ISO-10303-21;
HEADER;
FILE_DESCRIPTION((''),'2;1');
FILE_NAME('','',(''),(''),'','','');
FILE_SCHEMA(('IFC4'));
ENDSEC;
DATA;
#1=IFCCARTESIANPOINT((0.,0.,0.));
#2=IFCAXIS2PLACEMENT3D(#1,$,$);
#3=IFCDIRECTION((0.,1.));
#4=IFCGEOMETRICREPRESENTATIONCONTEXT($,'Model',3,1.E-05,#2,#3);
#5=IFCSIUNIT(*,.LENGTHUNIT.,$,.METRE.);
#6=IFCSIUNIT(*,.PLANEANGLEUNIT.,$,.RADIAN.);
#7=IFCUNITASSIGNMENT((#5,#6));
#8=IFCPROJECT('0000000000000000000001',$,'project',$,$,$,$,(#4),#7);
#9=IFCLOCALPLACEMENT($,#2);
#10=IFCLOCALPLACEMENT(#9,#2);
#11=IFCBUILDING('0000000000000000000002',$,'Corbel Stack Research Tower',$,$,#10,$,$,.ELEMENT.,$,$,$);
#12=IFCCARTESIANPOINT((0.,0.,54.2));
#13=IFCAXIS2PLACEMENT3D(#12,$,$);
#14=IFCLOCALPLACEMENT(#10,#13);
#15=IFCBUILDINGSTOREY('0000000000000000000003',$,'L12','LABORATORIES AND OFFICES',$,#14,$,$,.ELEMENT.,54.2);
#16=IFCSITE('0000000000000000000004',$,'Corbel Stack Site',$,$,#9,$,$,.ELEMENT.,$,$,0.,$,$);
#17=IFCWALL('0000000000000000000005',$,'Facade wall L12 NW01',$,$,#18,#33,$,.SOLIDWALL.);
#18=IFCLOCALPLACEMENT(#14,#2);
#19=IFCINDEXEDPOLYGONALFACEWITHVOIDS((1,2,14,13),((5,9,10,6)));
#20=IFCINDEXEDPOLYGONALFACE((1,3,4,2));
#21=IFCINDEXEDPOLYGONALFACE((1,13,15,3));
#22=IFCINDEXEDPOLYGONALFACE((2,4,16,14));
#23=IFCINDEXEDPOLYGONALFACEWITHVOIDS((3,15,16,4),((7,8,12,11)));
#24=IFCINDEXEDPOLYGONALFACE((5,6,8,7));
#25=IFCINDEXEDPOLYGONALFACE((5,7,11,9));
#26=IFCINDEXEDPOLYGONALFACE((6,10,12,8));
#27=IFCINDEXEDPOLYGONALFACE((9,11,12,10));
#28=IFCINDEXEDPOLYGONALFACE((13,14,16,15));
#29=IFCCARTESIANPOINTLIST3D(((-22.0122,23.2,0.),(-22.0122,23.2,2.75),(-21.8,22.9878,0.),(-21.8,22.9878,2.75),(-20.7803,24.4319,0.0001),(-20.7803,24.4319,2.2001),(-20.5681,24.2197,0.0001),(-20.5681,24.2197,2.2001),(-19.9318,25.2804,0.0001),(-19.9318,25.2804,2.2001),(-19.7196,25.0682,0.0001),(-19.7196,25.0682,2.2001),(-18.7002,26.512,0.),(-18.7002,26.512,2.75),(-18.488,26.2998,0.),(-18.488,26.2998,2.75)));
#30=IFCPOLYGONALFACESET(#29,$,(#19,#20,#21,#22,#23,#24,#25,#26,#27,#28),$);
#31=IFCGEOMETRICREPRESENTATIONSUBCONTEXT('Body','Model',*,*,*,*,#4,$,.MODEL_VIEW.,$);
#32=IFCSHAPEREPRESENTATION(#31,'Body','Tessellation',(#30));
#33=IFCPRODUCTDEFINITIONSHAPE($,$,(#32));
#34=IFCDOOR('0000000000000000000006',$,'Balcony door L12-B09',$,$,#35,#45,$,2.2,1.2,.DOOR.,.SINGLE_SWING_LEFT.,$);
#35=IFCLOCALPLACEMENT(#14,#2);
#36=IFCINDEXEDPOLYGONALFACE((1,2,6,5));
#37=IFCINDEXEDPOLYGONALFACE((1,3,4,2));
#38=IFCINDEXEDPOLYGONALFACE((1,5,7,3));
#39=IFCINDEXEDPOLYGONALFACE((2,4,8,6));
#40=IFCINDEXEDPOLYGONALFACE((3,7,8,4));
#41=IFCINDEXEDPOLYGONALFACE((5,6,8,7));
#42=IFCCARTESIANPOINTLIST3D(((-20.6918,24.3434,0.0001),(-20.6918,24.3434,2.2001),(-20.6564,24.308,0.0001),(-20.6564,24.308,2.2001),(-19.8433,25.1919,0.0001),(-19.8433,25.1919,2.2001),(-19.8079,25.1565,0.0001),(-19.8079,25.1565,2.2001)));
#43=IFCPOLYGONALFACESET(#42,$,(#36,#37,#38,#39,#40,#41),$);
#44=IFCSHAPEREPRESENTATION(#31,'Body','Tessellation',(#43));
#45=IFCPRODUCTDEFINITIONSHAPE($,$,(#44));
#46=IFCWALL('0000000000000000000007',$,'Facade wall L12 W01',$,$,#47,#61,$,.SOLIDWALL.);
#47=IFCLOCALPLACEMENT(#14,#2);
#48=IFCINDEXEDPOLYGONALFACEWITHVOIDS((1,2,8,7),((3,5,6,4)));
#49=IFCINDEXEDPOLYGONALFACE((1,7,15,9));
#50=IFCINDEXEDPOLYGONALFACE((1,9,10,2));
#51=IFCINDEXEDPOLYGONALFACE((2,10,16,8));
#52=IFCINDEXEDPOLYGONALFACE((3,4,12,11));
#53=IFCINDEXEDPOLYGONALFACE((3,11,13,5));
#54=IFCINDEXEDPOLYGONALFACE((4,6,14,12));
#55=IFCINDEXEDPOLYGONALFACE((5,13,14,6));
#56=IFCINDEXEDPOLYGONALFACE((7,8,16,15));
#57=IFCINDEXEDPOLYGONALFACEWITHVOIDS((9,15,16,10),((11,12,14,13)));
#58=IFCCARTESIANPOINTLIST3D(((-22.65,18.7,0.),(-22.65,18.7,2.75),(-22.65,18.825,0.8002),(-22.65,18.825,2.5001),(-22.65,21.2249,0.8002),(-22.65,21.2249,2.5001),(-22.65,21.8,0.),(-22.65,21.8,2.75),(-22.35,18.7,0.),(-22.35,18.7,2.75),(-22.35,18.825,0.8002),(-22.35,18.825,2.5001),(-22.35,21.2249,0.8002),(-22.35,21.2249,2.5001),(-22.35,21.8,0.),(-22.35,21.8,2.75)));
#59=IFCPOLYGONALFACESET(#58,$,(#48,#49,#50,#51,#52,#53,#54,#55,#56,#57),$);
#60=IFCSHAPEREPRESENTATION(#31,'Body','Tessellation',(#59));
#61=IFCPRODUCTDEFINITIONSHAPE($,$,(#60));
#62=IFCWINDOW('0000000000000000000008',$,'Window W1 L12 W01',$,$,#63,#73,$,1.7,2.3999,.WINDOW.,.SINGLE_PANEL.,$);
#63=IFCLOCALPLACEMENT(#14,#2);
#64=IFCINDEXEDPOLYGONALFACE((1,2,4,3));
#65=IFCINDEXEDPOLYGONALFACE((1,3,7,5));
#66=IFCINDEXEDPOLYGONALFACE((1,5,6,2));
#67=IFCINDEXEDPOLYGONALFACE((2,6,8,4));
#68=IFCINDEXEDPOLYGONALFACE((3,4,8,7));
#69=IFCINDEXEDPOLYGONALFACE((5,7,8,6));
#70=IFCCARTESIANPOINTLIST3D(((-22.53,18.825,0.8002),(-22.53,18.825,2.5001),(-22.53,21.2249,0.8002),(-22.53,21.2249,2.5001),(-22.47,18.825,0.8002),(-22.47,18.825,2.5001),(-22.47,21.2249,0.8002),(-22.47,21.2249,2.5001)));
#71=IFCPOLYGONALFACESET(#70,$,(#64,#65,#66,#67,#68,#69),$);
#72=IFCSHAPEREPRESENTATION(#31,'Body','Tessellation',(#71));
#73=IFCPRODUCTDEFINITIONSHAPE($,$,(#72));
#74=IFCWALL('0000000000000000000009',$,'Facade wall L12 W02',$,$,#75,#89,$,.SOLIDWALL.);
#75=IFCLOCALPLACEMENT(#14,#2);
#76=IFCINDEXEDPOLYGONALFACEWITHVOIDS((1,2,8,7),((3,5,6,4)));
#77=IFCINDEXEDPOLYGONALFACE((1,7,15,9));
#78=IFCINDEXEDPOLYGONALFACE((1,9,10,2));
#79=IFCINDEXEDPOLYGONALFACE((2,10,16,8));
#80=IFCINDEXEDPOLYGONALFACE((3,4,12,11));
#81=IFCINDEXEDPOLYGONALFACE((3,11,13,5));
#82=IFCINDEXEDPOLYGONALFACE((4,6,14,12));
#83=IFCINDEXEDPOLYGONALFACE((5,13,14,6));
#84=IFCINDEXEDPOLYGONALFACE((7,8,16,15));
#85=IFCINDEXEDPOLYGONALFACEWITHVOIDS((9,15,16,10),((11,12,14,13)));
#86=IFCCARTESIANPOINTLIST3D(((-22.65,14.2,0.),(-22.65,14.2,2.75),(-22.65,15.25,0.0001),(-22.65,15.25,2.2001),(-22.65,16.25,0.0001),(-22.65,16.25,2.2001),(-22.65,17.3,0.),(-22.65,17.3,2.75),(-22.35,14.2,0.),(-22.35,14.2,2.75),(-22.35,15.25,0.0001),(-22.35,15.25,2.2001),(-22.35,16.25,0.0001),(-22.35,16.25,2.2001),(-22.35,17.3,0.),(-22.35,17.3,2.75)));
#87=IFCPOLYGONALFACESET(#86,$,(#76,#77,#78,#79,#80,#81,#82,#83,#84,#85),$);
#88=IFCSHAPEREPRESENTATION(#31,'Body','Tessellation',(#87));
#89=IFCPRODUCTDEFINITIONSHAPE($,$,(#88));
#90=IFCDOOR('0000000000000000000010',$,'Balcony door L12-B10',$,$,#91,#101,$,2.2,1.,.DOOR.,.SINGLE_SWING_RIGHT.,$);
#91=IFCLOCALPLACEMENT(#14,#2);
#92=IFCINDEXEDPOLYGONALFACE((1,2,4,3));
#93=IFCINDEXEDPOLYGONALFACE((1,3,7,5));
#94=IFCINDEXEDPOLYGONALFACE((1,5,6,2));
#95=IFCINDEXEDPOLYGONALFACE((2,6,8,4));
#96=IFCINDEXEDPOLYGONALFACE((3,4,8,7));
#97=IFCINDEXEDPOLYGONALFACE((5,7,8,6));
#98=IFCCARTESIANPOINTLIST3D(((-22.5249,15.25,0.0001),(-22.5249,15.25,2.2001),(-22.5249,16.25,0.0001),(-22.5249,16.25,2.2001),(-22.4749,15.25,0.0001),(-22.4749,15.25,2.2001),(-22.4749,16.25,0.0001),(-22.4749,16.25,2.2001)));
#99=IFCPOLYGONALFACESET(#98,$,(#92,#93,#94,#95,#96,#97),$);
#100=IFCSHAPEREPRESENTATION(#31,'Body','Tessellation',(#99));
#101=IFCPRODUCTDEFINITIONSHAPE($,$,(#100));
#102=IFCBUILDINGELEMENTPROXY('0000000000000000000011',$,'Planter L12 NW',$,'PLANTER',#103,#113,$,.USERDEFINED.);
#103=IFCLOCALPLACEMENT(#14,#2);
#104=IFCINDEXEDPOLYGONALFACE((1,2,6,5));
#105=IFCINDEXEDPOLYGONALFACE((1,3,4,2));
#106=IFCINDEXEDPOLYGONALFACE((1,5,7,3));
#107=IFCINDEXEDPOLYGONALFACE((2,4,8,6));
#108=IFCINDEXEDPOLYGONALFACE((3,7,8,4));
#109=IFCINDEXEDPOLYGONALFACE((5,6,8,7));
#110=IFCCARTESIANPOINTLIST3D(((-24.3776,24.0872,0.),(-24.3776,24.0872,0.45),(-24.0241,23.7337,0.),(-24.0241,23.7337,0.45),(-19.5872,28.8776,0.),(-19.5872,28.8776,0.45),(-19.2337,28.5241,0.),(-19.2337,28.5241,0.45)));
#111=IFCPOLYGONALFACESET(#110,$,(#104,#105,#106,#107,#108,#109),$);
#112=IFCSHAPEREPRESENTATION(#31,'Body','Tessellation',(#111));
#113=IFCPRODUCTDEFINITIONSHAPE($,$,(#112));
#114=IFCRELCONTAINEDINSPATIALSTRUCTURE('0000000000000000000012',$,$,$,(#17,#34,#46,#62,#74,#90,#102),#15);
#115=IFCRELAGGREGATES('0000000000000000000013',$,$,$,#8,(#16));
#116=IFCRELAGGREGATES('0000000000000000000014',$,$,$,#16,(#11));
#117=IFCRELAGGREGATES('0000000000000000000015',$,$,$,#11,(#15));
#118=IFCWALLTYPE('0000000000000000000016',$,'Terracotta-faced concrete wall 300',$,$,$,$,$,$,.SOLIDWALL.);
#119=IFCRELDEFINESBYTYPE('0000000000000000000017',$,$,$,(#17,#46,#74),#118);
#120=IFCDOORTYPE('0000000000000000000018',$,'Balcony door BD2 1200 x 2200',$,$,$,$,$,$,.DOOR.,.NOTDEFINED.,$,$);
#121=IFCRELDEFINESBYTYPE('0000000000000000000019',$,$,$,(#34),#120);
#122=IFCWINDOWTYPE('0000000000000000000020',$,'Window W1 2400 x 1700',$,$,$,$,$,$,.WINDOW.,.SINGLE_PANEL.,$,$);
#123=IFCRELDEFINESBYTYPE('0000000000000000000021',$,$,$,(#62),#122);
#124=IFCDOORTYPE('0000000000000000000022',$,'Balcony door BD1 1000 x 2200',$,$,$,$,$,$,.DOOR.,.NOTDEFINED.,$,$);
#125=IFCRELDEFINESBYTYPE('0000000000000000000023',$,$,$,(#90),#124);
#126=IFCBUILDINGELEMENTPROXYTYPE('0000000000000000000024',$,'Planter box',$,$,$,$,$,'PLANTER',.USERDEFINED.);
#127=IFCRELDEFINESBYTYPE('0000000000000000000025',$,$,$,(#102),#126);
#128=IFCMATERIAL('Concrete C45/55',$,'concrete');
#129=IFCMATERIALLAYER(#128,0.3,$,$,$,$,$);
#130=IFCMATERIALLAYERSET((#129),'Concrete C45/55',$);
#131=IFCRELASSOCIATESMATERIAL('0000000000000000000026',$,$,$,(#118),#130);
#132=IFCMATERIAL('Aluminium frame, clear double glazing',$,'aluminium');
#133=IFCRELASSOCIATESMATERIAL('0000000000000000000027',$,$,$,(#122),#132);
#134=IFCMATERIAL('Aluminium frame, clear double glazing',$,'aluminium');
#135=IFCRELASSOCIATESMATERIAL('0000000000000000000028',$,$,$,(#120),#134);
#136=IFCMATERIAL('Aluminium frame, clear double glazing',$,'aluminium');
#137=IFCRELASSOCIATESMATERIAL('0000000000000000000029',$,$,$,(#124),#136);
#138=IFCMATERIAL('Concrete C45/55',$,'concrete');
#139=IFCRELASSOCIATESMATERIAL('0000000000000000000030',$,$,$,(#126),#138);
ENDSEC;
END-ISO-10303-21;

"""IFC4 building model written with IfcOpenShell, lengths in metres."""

from ifc_helpers import new_model, si_unit, direction, frame, frame_2d, origin, origin_2d, place, context, subcontext, project, spatial, rectangle, extrude, material, layer, layer_set, type_object, element, fill, save


model = new_model("IFC4")

# Units and contexts
model_context = context("Model", 3, precision=1e-05, world=origin(), true_north=direction((0.0, 1.0)))
body_context = subcontext(model_context, "Body", "Model", "MODEL_VIEW")
ifc_project = project(units=[si_unit("LENGTHUNIT", "METRE"), si_unit("PLANEANGLEUNIT", "RADIAN")], contexts=[model_context])

# Site, building, storey
site_placement = place(None, origin())
site = spatial("IfcSite", under=ifc_project, at=site_placement, Name="Corbel Stack Site", CompositionType="ELEMENT", RefElevation=0.0)
building_placement = place(site_placement, origin())
building = spatial("IfcBuilding", under=site, at=building_placement, Name="Corbel Stack Research Tower", CompositionType="ELEMENT")
storey_placement = place(building_placement, frame((0.0, 0.0, 54.2)))
storey = spatial("IfcBuildingStorey", under=building, at=storey_placement, Name="L12", Description="LABORATORIES AND OFFICES", CompositionType="ELEMENT", Elevation=54.2)

# Shared definitions
ifc_material_1 = material(Name="Concrete C45/55", Category="concrete")
ifc_layer_1 = layer(ifc_material_1, 0.3)
ifc_layer_set_1 = layer_set([ifc_layer_1], Name="Concrete C45/55")
wall_type_1 = type_object("IfcWallType", Name="Terracotta-faced concrete wall 300", PredefinedType="SOLIDWALL", material=ifc_layer_set_1)
ifc_material_2 = material(Name="Aluminium frame, clear double glazing", Category="aluminium")
window_type = type_object("IfcWindowType", Name="Window W1 2400 x 1700", PartitioningType="SINGLE_PANEL", PredefinedType="WINDOW", material=ifc_material_2)

# Wall, opening, door
wall_1_placement = place(storey_placement, frame((-21.906, 23.094, 0.0), z_axis=(0.0, 0.0, 1.0), x_axis=(0.707107, 0.707107, 0.0)))
wall_1 = element("IfcWall", 1, at=wall_1_placement, inside=storey, type_object=wall_type_1, Name="Facade wall L12 NW01", PredefinedType="SOLIDWALL", context=body_context, shape_type="SweptSolid", body=[
    extrude(rectangle(XDim=4.6838, YDim=0.3, at=frame_2d((2.3418, 0.0))), origin(), (0.0, 0.0, 1.0), 2.75),
])
opening_1_placement = place(wall_1_placement, frame((1.7419, 0.0, 0.0)))
opening_1 = element("IfcOpeningElement", 2, at=opening_1_placement, cuts=wall_1, PredefinedType="OPENING", context=body_context, shape_type="SweptSolid", body=[
    extrude(rectangle(XDim=1.2, YDim=2.2, at=frame_2d((0.6001, 1.1001))), frame((0.0, 0.1599, 0.0), z_axis=(0.0, -1.0, 0.0), x_axis=(1.0, 0.0, 0.0)), (0.0, 0.0, 1.0), 0.3201),
])
ifc_material_3 = material(Name="Aluminium frame, clear double glazing", Category="aluminium")
door_type_1 = type_object("IfcDoorType", Name="Balcony door BD2 1200 x 2200", OperationType="NOTDEFINED", PredefinedType="DOOR", material=ifc_material_3)
door_1_placement = place(opening_1_placement, origin())
door_1 = element("IfcDoor", 3, at=door_1_placement, inside=storey, type_object=door_type_1, Name="Balcony door L12-B09", OperationType="SINGLE_SWING_LEFT", OverallHeight=2.2, OverallWidth=1.2, PredefinedType="DOOR", context=body_context, shape_type="SweptSolid", body=[
    extrude(rectangle(XDim=1.2, YDim=2.2, at=frame_2d((0.6001, 1.1001))), frame((0.0, 0.0249, 0.0), z_axis=(0.0, -1.0, 0.0), x_axis=(1.0, 0.0, 0.0)), (0.0, 0.0, 1.0), 0.05),
])
fill(opening_1, door_1)

# Wall, opening, window
wall_2_placement = place(storey_placement, frame((-22.5, 18.7, 0.0), z_axis=(0.0, 0.0, 1.0), x_axis=(0.0, 1.0, 0.0)))
wall_2 = element("IfcWall", 4, at=wall_2_placement, inside=storey, type_object=wall_type_1, Name="Facade wall L12 W01", PredefinedType="SOLIDWALL", context=body_context, shape_type="SweptSolid", body=[
    extrude(rectangle(XDim=3.1001, YDim=0.3, at=frame_2d((1.55, 0.0))), origin(), (0.0, 0.0, 1.0), 2.75),
])
opening_2_placement = place(wall_2_placement, frame((0.125, 0.0, 0.8)))
opening_2 = element("IfcOpeningElement", 5, at=opening_2_placement, cuts=wall_2, PredefinedType="OPENING", context=body_context, shape_type="SweptSolid", body=[
    extrude(rectangle(XDim=2.3999, YDim=1.7, at=frame_2d((1.2, 0.8501))), frame((0.0, 0.1599, 0.0), z_axis=(0.0, -1.0, 0.0), x_axis=(1.0, 0.0, 0.0)), (0.0, 0.0, 1.0), 0.3201),
])
window_1_placement = place(opening_2_placement, origin())
window_1 = element("IfcWindow", 6, at=window_1_placement, inside=storey, type_object=window_type, Name="Window W1 L12 W01", OverallHeight=1.7, OverallWidth=2.3999, PartitioningType="SINGLE_PANEL", PredefinedType="WINDOW", context=body_context, shape_type="SweptSolid", body=[
    extrude(rectangle(XDim=2.3999, YDim=1.7, at=frame_2d((1.2, 0.8501))), frame((0.0, 0.03, 0.0), z_axis=(0.0, -1.0, 0.0), x_axis=(1.0, 0.0, 0.0)), (0.0, 0.0, 1.0), 0.0601),
])
fill(opening_2, window_1)

# Wall, opening, door
wall_3_placement = place(storey_placement, frame((-22.5, 14.2, 0.0), z_axis=(0.0, 0.0, 1.0), x_axis=(0.0, 1.0, 0.0)))
wall_3 = element("IfcWall", 7, at=wall_3_placement, inside=storey, type_object=wall_type_1, Name="Facade wall L12 W02", PredefinedType="SOLIDWALL", context=body_context, shape_type="SweptSolid", body=[
    extrude(rectangle(XDim=3.1001, YDim=0.3, at=frame_2d((1.55, 0.0))), origin(), (0.0, 0.0, 1.0), 2.75),
])
opening_3_placement = place(wall_3_placement, frame((1.05, 0.0, 0.0)))
opening_3 = element("IfcOpeningElement", 8, at=opening_3_placement, cuts=wall_3, PredefinedType="OPENING", context=body_context, shape_type="SweptSolid", body=[
    extrude(rectangle(XDim=1.0, YDim=2.2, at=frame_2d((0.5, 1.1001))), frame((0.0, 0.1599, 0.0), z_axis=(0.0, -1.0, 0.0), x_axis=(1.0, 0.0, 0.0)), (0.0, 0.0, 1.0), 0.3201),
])
ifc_material_4 = material(Name="Aluminium frame, clear double glazing", Category="aluminium")
door_type_2 = type_object("IfcDoorType", Name="Balcony door BD1 1000 x 2200", OperationType="NOTDEFINED", PredefinedType="DOOR", material=ifc_material_4)
door_2_placement = place(opening_3_placement, origin())
door_2 = element("IfcDoor", 9, at=door_2_placement, inside=storey, type_object=door_type_2, Name="Balcony door L12-B10", OperationType="SINGLE_SWING_RIGHT", OverallHeight=2.2, OverallWidth=1.0, PredefinedType="DOOR", context=body_context, shape_type="SweptSolid", body=[
    extrude(rectangle(XDim=1.0, YDim=2.2, at=frame_2d((0.5, 1.1001))), frame((0.0, 0.0249, 0.0), z_axis=(0.0, -1.0, 0.0), x_axis=(1.0, 0.0, 0.0)), (0.0, 0.0, 1.0), 0.05),
])
fill(opening_3, door_2)

# Building element proxy
ifc_material_5 = material(Name="Concrete C45/55", Category="concrete")
building_element_proxy_type = type_object("IfcBuildingElementProxyType", Name="Planter box", ElementType="PLANTER", PredefinedType="USERDEFINED", material=ifc_material_5)
proxy_placement = place(storey_placement, frame((-21.8057, 26.3057, 0.0), z_axis=(0.0, 0.0, 1.0), x_axis=(-0.707107, -0.707107, 0.0)))
element("IfcBuildingElementProxy", 10, at=proxy_placement, inside=storey, type_object=building_element_proxy_type, Name="Planter L12 NW", ObjectType="PLANTER", PredefinedType="USERDEFINED", context=body_context, shape_type="SweptSolid", body=[
    extrude(rectangle(XDim=6.7747, YDim=0.5, at=origin_2d()), origin(), (0.0, 0.0, 1.0), 0.45),
])

save(model, "model.ifc")
